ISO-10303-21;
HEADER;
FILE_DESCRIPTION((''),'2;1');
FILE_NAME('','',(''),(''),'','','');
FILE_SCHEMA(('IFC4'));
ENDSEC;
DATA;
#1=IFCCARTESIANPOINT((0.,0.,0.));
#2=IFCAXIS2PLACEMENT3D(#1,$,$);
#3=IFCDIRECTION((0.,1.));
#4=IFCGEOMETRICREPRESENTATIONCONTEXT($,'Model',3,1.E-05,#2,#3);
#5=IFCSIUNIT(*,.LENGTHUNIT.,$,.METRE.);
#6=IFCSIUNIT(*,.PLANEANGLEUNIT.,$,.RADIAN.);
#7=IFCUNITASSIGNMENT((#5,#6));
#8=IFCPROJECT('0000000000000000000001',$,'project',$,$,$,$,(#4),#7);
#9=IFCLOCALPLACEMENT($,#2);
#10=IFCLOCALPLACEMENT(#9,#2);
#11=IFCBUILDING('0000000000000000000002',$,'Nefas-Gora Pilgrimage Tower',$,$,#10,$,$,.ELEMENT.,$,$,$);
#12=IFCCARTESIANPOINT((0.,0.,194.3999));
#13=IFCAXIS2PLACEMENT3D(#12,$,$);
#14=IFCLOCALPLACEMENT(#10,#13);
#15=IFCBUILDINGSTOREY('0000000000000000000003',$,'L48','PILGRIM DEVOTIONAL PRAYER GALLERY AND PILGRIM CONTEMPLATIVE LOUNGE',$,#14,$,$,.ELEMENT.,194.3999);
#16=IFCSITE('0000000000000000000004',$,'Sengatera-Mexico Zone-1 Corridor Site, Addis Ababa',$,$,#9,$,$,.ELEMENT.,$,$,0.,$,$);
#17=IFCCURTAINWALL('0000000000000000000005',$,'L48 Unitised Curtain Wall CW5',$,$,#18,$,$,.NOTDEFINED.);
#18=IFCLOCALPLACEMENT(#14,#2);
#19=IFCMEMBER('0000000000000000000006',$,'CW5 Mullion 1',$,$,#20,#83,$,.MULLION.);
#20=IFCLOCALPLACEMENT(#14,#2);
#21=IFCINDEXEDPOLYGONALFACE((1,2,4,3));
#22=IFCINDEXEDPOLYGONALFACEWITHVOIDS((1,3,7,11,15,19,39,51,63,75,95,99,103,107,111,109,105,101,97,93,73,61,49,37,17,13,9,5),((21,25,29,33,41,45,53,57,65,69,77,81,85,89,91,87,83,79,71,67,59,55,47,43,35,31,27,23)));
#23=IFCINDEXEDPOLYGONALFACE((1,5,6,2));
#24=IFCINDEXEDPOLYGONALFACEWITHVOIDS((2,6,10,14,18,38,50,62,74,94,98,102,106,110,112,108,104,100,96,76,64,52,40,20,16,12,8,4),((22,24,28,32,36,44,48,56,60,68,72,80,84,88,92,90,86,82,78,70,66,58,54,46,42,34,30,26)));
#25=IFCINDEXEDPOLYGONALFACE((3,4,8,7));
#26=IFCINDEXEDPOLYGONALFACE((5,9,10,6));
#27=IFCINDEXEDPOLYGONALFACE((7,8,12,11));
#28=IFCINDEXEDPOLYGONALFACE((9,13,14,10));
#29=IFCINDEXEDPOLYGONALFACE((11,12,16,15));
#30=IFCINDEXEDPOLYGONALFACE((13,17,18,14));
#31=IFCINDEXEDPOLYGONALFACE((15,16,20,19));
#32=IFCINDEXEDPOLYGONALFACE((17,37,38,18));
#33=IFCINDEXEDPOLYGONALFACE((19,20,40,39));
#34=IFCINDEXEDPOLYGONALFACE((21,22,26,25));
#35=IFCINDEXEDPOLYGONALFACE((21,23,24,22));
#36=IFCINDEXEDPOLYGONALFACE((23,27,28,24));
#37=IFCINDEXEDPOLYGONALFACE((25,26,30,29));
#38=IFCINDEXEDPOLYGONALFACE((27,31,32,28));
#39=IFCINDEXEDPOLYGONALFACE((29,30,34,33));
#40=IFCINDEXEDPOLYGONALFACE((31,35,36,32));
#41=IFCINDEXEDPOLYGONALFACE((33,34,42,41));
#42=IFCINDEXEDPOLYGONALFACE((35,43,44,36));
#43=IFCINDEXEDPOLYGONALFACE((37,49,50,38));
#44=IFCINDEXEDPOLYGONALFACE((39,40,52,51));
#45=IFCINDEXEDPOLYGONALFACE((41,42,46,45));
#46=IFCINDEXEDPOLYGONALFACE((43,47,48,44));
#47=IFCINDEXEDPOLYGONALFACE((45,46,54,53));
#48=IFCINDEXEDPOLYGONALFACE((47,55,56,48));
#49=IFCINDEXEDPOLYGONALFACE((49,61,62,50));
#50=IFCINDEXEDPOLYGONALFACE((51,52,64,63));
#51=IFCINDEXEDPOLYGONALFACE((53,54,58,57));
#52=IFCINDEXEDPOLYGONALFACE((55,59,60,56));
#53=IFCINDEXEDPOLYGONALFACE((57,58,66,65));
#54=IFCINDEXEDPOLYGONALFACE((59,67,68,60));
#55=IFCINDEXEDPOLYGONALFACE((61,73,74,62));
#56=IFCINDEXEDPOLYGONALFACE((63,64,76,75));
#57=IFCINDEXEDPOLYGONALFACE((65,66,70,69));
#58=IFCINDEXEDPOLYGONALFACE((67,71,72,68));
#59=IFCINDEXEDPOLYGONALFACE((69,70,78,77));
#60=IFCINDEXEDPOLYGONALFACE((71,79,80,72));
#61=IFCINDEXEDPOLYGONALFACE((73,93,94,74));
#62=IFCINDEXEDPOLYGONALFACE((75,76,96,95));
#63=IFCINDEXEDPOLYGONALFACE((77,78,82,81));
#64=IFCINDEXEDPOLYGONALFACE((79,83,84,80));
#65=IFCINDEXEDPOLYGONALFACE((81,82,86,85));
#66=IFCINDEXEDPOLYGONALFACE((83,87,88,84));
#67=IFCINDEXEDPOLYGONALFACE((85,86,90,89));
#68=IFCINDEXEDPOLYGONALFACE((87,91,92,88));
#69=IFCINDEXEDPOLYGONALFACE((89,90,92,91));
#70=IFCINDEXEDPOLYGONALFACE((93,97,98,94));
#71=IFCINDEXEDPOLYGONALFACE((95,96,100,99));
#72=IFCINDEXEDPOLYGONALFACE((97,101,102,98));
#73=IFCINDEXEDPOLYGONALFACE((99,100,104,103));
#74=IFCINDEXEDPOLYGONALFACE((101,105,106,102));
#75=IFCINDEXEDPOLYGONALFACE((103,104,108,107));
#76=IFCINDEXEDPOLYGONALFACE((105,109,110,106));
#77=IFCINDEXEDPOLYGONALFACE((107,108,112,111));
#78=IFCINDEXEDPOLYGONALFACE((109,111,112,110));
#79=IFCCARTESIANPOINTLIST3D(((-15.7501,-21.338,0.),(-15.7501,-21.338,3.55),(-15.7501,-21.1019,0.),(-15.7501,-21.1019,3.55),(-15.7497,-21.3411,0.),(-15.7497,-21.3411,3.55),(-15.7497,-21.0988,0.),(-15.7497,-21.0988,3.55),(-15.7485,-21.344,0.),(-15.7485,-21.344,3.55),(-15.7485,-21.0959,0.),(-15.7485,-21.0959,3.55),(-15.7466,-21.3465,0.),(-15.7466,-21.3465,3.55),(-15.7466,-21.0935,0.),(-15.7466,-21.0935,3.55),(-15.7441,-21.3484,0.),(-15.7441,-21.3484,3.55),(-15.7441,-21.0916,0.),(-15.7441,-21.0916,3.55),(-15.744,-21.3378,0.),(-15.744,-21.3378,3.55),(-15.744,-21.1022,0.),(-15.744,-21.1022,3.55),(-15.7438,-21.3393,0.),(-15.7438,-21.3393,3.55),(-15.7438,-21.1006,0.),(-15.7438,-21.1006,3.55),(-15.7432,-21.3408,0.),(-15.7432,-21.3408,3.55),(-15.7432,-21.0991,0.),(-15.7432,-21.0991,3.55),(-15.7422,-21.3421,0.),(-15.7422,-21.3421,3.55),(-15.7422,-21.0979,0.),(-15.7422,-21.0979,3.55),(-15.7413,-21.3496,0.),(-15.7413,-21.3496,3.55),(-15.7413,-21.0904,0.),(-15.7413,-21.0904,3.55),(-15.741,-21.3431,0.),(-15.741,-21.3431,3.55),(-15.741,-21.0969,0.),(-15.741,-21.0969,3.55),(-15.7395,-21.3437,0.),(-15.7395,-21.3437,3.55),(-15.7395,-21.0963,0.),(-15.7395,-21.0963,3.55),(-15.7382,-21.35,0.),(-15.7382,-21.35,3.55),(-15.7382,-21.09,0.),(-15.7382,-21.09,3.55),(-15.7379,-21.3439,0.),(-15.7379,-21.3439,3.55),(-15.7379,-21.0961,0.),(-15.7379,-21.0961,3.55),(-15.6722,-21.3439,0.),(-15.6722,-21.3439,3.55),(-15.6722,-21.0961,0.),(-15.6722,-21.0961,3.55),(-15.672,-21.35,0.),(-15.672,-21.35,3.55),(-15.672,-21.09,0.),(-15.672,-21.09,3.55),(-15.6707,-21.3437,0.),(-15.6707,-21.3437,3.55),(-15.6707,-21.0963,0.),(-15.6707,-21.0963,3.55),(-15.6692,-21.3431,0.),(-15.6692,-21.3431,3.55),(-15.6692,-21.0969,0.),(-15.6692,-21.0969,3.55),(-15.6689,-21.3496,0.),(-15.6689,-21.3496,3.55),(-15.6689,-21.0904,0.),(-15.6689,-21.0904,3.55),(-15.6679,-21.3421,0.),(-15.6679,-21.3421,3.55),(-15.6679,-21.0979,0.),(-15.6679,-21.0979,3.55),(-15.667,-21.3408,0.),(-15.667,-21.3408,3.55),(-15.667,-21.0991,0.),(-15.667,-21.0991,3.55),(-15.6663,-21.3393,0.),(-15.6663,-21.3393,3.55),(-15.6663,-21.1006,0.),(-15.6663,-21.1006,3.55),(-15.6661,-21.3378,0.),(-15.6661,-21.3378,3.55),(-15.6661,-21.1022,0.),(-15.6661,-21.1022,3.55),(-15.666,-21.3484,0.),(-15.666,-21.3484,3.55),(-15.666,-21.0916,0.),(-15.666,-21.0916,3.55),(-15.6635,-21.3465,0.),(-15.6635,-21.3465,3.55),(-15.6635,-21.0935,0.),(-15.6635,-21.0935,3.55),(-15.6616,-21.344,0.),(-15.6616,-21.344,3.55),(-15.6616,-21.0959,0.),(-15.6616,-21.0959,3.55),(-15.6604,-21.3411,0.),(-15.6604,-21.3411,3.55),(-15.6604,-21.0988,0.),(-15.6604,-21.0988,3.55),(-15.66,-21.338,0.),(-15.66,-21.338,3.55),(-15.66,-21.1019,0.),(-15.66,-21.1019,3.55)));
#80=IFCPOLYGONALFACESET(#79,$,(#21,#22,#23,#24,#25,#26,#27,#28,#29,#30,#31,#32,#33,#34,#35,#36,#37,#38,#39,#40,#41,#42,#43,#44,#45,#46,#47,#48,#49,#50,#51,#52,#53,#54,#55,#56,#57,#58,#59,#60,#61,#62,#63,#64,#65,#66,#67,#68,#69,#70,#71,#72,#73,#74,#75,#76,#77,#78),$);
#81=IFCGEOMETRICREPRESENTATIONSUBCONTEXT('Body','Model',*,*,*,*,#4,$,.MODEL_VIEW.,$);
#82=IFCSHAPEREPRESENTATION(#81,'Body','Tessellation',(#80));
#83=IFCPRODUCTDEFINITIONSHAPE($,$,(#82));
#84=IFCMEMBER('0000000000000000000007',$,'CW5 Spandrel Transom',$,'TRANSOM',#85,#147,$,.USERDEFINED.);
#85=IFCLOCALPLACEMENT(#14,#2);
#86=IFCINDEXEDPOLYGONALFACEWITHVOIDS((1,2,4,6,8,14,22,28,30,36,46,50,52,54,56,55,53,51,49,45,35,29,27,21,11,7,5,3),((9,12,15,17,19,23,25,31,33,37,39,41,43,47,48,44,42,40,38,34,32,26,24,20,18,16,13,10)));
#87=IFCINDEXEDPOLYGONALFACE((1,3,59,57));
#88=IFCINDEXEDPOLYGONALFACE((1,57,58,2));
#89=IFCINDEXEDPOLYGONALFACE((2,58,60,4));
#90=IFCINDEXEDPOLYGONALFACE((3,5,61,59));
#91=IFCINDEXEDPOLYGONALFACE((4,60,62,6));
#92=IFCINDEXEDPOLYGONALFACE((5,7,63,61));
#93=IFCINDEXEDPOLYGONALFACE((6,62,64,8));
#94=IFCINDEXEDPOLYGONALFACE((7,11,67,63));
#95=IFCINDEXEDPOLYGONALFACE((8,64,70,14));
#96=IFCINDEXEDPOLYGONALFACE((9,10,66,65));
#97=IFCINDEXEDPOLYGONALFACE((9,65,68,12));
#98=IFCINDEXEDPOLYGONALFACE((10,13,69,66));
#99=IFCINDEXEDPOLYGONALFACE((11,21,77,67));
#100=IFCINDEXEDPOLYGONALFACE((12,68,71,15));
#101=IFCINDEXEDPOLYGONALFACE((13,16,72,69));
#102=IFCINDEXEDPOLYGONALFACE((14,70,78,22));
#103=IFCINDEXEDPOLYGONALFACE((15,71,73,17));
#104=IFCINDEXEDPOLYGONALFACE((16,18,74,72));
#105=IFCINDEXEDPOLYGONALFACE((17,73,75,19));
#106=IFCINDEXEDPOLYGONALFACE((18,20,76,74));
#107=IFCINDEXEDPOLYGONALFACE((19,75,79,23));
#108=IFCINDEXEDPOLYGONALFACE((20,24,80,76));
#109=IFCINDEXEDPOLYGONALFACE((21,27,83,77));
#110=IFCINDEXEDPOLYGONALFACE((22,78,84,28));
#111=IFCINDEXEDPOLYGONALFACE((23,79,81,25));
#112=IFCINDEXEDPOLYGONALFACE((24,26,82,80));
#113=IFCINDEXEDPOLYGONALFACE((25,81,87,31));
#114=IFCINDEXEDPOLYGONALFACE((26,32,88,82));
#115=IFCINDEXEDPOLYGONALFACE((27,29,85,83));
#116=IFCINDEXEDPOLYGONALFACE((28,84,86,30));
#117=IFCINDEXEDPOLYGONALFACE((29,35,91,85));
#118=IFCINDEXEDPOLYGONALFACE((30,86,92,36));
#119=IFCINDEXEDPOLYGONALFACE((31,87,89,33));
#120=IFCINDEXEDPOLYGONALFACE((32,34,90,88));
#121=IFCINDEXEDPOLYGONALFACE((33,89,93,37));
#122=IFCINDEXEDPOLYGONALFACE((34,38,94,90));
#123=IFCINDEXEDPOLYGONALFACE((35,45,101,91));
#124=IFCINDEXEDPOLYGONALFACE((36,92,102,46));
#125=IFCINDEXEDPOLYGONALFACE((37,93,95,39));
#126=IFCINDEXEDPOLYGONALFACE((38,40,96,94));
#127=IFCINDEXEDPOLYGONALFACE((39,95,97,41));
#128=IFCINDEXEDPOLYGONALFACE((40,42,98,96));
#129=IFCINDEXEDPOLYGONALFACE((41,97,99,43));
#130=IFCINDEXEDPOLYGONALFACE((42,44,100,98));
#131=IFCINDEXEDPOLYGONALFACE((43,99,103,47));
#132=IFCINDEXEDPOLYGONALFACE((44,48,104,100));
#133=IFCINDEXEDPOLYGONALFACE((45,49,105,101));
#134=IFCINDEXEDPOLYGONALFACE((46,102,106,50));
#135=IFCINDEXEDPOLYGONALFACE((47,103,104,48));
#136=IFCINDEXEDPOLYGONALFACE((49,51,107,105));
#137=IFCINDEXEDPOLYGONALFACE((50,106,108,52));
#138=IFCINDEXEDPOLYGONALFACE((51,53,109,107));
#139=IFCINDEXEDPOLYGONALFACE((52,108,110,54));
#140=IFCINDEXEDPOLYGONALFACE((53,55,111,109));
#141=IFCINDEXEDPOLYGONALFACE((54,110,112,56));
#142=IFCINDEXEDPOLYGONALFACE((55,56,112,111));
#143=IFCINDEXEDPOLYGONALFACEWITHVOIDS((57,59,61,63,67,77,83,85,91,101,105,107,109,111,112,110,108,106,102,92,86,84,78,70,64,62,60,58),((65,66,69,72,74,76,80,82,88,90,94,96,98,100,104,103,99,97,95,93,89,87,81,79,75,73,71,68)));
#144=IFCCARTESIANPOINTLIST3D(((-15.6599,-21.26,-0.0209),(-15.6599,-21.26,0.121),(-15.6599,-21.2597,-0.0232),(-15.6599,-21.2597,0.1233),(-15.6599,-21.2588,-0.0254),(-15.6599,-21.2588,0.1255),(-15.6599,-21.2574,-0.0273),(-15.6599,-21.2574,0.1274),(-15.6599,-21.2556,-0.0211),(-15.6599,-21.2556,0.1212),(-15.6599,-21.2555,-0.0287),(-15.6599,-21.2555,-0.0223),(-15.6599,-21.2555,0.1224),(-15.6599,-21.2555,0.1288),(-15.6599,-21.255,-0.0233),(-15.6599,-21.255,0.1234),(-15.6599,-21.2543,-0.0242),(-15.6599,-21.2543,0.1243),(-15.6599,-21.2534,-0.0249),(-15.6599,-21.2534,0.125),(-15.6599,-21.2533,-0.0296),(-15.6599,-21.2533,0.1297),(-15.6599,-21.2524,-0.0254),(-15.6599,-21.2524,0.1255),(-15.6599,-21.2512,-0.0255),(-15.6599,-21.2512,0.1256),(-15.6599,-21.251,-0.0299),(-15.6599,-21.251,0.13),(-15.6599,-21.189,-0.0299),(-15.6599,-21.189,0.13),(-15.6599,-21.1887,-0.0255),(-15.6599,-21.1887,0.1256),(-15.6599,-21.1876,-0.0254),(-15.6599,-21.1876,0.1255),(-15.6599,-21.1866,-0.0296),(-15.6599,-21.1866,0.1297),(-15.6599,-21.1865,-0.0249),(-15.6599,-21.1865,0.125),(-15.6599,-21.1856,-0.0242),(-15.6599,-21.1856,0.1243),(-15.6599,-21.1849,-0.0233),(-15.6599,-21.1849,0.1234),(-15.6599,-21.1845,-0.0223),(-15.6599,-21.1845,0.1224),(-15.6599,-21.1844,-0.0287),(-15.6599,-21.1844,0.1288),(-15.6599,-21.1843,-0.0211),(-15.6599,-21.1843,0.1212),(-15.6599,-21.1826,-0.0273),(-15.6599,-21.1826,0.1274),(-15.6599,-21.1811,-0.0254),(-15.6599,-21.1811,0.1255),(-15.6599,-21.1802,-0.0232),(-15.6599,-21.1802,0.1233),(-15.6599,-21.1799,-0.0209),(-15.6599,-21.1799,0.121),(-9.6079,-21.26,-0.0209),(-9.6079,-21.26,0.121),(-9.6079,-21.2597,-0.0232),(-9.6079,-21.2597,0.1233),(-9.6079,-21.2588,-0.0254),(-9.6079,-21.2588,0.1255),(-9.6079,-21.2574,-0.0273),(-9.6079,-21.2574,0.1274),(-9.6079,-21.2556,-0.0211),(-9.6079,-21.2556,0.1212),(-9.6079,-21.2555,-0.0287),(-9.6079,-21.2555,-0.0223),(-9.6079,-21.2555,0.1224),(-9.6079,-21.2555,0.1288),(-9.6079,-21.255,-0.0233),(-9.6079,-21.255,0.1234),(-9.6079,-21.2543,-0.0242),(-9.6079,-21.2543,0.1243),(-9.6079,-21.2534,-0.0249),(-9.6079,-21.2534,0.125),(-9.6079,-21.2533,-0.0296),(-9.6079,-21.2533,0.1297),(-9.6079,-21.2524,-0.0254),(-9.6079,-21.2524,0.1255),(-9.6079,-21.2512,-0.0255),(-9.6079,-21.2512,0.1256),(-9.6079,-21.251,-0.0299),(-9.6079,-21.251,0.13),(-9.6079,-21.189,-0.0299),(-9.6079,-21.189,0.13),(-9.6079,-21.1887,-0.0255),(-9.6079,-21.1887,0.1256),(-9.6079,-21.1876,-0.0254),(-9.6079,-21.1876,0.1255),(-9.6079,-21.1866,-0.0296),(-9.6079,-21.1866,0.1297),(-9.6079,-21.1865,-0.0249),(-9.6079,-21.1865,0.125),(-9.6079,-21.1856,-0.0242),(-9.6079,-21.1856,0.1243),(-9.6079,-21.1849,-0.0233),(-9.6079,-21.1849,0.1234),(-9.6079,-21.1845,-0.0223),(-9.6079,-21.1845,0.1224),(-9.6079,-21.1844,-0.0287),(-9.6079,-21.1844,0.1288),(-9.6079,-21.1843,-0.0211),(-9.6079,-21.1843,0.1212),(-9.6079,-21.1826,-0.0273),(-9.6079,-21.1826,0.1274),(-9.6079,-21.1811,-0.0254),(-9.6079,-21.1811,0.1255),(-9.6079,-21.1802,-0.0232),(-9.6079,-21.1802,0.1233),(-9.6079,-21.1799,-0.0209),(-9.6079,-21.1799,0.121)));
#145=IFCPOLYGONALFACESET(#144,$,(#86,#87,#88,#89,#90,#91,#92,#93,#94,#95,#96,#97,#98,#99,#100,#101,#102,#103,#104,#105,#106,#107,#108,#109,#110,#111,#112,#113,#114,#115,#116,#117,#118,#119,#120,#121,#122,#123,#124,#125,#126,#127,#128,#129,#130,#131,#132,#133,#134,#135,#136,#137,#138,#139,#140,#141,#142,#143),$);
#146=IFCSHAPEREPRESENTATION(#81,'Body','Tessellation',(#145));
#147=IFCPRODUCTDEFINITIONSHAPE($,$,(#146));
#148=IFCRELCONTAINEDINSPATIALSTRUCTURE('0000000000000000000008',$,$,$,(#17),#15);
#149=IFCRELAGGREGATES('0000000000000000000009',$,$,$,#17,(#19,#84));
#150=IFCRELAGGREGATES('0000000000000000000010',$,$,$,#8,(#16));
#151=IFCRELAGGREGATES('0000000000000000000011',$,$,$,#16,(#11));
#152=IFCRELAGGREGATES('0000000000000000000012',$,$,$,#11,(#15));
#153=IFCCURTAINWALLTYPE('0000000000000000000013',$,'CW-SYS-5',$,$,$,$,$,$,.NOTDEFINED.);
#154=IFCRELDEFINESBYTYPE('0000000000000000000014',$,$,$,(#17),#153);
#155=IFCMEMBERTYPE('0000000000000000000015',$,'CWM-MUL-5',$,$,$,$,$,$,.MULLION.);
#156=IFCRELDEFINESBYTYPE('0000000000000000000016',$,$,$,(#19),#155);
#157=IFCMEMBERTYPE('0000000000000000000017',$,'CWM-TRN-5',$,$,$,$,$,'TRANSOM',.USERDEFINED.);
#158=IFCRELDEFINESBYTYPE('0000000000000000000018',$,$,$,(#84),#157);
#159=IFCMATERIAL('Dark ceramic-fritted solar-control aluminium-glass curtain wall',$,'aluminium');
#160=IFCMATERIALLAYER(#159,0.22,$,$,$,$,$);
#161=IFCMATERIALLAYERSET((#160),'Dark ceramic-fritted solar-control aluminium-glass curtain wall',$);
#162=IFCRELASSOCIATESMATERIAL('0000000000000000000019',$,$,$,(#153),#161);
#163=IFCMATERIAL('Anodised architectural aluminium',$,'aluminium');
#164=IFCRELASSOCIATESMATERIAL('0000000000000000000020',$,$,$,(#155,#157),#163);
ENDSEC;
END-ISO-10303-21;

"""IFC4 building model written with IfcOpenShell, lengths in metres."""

from ifc_helpers import new_model, si_unit, direction, frame, origin, origin_2d, place, context, subcontext, project, spatial, hollow_rectangle, extrude, source, transform, mapped, material, layer, layer_set, material_profile, profile_set, type_object, element, aggregate, save


model = new_model("IFC4")

# Units and contexts
model_context = context("Model", 3, precision=1e-05, world=origin(), true_north=direction((0.0, 1.0)))
body_context = subcontext(model_context, "Body", "Model", "MODEL_VIEW")
ifc_project = project(units=[si_unit("LENGTHUNIT", "METRE"), si_unit("PLANEANGLEUNIT", "RADIAN")], contexts=[model_context])

# Site, building, storey
site_placement = place(None, origin())
site = spatial("IfcSite", under=ifc_project, at=site_placement, Name="Sengatera-Mexico Zone-1 Corridor Site, Addis Ababa", CompositionType="ELEMENT", RefElevation=0.0)
building_placement = place(site_placement, origin())
building = spatial("IfcBuilding", under=site, at=building_placement, Name="Nefas-Gora Pilgrimage Tower", CompositionType="ELEMENT")
storey_placement = place(building_placement, frame((0.0, 0.0, 194.3999)))
storey = spatial("IfcBuildingStorey", under=building, at=storey_placement, Name="L48", Description="PILGRIM DEVOTIONAL PRAYER GALLERY AND PILGRIM CONTEMPLATIVE LOUNGE", CompositionType="ELEMENT", Elevation=194.3999)

# Curtain wall, members
ifc_material_1 = material(Name="Dark ceramic-fritted solar-control aluminium-glass curtain wall", Category="aluminium")
ifc_layer_1 = layer(ifc_material_1, 0.22)
ifc_layer_set_1 = layer_set([ifc_layer_1], Name="Dark ceramic-fritted solar-control aluminium-glass curtain wall")
curtain_wall_type_1 = type_object("IfcCurtainWallType", Name="CW-SYS-5", PredefinedType="NOTDEFINED", material=ifc_layer_set_1)
curtain_wall_1_placement = place(storey_placement, origin())
curtain_wall_1 = element("IfcCurtainWall", 1, at=curtain_wall_1_placement, inside=storey, type_object=curtain_wall_type_1, Name="L48 Unitised Curtain Wall CW5", PredefinedType="NOTDEFINED")
ifc_material_2 = material(Name="Anodised architectural aluminium", Category="aluminium")
ifc_material_profile_1 = material_profile(ifc_material_2, hollow_rectangle(XDim=0.0901, YDim=0.26, WallThickness=0.0061, InnerFilletRadius=0.0061, OuterFilletRadius=0.012, at=origin_2d()), Name="ALU MULLION 90x260")
ifc_profile_set_1 = profile_set([ifc_material_profile_1], Name="Anodised architectural aluminium")
member_type_1 = type_object("IfcMemberType", Name="CWM-MUL-5", PredefinedType="MULLION", material=ifc_profile_set_1)
shared_shape_1 = source(origin(), body_context, "Body", "SweptSolid", [
    extrude(hollow_rectangle(XDim=0.0901, YDim=0.26, WallThickness=0.0061, InnerFilletRadius=0.0061, OuterFilletRadius=0.012, at=origin_2d()), origin(), (0.0, 0.0, 1.0), 3.55),
])
member_1_placement = place(storey_placement, frame((-15.7051, -21.22, 0.0), z_axis=(0.0, 0.0, 1.0), x_axis=(1.0, 0.0, 0.0)))
member_1 = element("IfcMember", 2, at=member_1_placement, type_object=member_type_1, Name="CW5 Mullion 1", PredefinedType="MULLION", context=body_context, shape_type="MappedRepresentation", body=[
    mapped(shared_shape_1, transform((0.0, 0.0, 0.0), x_axis=(1.0, 0.0, 0.0), y_axis=(0.0, 1.0, 0.0), z_axis=(0.0, 0.0, 1.0), scale=1.0)),
])
ifc_material_profile_2 = material_profile(ifc_material_2, hollow_rectangle(XDim=0.0801, YDim=0.1599, WallThickness=0.0044, InnerFilletRadius=0.0044, OuterFilletRadius=0.009, at=origin_2d()), Name="ALU TRANSOM 80x160")
ifc_profile_set_2 = profile_set([ifc_material_profile_2], Name="Anodised architectural aluminium")
member_type_2 = type_object("IfcMemberType", Name="CWM-TRN-5", ElementType="TRANSOM", PredefinedType="USERDEFINED", material=ifc_profile_set_2)
shared_shape_2 = source(origin(), body_context, "Body", "SweptSolid", [
    extrude(hollow_rectangle(XDim=0.0801, YDim=0.1599, WallThickness=0.0044, InnerFilletRadius=0.0044, OuterFilletRadius=0.009, at=origin_2d()), origin(), (0.0, 0.0, 1.0), 6.052),
])
member_2_placement = place(storey_placement, frame((-15.6599, -21.22, 0.05), z_axis=(1.0, 0.0, 0.0), x_axis=(0.0, 1.0, 0.0)))
member_2 = element("IfcMember", 3, at=member_2_placement, type_object=member_type_2, Name="CW5 Spandrel Transom", ObjectType="TRANSOM", PredefinedType="USERDEFINED", context=body_context, shape_type="MappedRepresentation", body=[
    mapped(shared_shape_2, transform((0.0, 0.0, 0.0), x_axis=(1.0, 0.0, 0.0), y_axis=(0.0, 1.0, 0.0), z_axis=(0.0, 0.0, 1.0), scale=1.0)),
])

aggregate(curtain_wall_1, [member_1, member_2])

save(model, "model.ifc")
